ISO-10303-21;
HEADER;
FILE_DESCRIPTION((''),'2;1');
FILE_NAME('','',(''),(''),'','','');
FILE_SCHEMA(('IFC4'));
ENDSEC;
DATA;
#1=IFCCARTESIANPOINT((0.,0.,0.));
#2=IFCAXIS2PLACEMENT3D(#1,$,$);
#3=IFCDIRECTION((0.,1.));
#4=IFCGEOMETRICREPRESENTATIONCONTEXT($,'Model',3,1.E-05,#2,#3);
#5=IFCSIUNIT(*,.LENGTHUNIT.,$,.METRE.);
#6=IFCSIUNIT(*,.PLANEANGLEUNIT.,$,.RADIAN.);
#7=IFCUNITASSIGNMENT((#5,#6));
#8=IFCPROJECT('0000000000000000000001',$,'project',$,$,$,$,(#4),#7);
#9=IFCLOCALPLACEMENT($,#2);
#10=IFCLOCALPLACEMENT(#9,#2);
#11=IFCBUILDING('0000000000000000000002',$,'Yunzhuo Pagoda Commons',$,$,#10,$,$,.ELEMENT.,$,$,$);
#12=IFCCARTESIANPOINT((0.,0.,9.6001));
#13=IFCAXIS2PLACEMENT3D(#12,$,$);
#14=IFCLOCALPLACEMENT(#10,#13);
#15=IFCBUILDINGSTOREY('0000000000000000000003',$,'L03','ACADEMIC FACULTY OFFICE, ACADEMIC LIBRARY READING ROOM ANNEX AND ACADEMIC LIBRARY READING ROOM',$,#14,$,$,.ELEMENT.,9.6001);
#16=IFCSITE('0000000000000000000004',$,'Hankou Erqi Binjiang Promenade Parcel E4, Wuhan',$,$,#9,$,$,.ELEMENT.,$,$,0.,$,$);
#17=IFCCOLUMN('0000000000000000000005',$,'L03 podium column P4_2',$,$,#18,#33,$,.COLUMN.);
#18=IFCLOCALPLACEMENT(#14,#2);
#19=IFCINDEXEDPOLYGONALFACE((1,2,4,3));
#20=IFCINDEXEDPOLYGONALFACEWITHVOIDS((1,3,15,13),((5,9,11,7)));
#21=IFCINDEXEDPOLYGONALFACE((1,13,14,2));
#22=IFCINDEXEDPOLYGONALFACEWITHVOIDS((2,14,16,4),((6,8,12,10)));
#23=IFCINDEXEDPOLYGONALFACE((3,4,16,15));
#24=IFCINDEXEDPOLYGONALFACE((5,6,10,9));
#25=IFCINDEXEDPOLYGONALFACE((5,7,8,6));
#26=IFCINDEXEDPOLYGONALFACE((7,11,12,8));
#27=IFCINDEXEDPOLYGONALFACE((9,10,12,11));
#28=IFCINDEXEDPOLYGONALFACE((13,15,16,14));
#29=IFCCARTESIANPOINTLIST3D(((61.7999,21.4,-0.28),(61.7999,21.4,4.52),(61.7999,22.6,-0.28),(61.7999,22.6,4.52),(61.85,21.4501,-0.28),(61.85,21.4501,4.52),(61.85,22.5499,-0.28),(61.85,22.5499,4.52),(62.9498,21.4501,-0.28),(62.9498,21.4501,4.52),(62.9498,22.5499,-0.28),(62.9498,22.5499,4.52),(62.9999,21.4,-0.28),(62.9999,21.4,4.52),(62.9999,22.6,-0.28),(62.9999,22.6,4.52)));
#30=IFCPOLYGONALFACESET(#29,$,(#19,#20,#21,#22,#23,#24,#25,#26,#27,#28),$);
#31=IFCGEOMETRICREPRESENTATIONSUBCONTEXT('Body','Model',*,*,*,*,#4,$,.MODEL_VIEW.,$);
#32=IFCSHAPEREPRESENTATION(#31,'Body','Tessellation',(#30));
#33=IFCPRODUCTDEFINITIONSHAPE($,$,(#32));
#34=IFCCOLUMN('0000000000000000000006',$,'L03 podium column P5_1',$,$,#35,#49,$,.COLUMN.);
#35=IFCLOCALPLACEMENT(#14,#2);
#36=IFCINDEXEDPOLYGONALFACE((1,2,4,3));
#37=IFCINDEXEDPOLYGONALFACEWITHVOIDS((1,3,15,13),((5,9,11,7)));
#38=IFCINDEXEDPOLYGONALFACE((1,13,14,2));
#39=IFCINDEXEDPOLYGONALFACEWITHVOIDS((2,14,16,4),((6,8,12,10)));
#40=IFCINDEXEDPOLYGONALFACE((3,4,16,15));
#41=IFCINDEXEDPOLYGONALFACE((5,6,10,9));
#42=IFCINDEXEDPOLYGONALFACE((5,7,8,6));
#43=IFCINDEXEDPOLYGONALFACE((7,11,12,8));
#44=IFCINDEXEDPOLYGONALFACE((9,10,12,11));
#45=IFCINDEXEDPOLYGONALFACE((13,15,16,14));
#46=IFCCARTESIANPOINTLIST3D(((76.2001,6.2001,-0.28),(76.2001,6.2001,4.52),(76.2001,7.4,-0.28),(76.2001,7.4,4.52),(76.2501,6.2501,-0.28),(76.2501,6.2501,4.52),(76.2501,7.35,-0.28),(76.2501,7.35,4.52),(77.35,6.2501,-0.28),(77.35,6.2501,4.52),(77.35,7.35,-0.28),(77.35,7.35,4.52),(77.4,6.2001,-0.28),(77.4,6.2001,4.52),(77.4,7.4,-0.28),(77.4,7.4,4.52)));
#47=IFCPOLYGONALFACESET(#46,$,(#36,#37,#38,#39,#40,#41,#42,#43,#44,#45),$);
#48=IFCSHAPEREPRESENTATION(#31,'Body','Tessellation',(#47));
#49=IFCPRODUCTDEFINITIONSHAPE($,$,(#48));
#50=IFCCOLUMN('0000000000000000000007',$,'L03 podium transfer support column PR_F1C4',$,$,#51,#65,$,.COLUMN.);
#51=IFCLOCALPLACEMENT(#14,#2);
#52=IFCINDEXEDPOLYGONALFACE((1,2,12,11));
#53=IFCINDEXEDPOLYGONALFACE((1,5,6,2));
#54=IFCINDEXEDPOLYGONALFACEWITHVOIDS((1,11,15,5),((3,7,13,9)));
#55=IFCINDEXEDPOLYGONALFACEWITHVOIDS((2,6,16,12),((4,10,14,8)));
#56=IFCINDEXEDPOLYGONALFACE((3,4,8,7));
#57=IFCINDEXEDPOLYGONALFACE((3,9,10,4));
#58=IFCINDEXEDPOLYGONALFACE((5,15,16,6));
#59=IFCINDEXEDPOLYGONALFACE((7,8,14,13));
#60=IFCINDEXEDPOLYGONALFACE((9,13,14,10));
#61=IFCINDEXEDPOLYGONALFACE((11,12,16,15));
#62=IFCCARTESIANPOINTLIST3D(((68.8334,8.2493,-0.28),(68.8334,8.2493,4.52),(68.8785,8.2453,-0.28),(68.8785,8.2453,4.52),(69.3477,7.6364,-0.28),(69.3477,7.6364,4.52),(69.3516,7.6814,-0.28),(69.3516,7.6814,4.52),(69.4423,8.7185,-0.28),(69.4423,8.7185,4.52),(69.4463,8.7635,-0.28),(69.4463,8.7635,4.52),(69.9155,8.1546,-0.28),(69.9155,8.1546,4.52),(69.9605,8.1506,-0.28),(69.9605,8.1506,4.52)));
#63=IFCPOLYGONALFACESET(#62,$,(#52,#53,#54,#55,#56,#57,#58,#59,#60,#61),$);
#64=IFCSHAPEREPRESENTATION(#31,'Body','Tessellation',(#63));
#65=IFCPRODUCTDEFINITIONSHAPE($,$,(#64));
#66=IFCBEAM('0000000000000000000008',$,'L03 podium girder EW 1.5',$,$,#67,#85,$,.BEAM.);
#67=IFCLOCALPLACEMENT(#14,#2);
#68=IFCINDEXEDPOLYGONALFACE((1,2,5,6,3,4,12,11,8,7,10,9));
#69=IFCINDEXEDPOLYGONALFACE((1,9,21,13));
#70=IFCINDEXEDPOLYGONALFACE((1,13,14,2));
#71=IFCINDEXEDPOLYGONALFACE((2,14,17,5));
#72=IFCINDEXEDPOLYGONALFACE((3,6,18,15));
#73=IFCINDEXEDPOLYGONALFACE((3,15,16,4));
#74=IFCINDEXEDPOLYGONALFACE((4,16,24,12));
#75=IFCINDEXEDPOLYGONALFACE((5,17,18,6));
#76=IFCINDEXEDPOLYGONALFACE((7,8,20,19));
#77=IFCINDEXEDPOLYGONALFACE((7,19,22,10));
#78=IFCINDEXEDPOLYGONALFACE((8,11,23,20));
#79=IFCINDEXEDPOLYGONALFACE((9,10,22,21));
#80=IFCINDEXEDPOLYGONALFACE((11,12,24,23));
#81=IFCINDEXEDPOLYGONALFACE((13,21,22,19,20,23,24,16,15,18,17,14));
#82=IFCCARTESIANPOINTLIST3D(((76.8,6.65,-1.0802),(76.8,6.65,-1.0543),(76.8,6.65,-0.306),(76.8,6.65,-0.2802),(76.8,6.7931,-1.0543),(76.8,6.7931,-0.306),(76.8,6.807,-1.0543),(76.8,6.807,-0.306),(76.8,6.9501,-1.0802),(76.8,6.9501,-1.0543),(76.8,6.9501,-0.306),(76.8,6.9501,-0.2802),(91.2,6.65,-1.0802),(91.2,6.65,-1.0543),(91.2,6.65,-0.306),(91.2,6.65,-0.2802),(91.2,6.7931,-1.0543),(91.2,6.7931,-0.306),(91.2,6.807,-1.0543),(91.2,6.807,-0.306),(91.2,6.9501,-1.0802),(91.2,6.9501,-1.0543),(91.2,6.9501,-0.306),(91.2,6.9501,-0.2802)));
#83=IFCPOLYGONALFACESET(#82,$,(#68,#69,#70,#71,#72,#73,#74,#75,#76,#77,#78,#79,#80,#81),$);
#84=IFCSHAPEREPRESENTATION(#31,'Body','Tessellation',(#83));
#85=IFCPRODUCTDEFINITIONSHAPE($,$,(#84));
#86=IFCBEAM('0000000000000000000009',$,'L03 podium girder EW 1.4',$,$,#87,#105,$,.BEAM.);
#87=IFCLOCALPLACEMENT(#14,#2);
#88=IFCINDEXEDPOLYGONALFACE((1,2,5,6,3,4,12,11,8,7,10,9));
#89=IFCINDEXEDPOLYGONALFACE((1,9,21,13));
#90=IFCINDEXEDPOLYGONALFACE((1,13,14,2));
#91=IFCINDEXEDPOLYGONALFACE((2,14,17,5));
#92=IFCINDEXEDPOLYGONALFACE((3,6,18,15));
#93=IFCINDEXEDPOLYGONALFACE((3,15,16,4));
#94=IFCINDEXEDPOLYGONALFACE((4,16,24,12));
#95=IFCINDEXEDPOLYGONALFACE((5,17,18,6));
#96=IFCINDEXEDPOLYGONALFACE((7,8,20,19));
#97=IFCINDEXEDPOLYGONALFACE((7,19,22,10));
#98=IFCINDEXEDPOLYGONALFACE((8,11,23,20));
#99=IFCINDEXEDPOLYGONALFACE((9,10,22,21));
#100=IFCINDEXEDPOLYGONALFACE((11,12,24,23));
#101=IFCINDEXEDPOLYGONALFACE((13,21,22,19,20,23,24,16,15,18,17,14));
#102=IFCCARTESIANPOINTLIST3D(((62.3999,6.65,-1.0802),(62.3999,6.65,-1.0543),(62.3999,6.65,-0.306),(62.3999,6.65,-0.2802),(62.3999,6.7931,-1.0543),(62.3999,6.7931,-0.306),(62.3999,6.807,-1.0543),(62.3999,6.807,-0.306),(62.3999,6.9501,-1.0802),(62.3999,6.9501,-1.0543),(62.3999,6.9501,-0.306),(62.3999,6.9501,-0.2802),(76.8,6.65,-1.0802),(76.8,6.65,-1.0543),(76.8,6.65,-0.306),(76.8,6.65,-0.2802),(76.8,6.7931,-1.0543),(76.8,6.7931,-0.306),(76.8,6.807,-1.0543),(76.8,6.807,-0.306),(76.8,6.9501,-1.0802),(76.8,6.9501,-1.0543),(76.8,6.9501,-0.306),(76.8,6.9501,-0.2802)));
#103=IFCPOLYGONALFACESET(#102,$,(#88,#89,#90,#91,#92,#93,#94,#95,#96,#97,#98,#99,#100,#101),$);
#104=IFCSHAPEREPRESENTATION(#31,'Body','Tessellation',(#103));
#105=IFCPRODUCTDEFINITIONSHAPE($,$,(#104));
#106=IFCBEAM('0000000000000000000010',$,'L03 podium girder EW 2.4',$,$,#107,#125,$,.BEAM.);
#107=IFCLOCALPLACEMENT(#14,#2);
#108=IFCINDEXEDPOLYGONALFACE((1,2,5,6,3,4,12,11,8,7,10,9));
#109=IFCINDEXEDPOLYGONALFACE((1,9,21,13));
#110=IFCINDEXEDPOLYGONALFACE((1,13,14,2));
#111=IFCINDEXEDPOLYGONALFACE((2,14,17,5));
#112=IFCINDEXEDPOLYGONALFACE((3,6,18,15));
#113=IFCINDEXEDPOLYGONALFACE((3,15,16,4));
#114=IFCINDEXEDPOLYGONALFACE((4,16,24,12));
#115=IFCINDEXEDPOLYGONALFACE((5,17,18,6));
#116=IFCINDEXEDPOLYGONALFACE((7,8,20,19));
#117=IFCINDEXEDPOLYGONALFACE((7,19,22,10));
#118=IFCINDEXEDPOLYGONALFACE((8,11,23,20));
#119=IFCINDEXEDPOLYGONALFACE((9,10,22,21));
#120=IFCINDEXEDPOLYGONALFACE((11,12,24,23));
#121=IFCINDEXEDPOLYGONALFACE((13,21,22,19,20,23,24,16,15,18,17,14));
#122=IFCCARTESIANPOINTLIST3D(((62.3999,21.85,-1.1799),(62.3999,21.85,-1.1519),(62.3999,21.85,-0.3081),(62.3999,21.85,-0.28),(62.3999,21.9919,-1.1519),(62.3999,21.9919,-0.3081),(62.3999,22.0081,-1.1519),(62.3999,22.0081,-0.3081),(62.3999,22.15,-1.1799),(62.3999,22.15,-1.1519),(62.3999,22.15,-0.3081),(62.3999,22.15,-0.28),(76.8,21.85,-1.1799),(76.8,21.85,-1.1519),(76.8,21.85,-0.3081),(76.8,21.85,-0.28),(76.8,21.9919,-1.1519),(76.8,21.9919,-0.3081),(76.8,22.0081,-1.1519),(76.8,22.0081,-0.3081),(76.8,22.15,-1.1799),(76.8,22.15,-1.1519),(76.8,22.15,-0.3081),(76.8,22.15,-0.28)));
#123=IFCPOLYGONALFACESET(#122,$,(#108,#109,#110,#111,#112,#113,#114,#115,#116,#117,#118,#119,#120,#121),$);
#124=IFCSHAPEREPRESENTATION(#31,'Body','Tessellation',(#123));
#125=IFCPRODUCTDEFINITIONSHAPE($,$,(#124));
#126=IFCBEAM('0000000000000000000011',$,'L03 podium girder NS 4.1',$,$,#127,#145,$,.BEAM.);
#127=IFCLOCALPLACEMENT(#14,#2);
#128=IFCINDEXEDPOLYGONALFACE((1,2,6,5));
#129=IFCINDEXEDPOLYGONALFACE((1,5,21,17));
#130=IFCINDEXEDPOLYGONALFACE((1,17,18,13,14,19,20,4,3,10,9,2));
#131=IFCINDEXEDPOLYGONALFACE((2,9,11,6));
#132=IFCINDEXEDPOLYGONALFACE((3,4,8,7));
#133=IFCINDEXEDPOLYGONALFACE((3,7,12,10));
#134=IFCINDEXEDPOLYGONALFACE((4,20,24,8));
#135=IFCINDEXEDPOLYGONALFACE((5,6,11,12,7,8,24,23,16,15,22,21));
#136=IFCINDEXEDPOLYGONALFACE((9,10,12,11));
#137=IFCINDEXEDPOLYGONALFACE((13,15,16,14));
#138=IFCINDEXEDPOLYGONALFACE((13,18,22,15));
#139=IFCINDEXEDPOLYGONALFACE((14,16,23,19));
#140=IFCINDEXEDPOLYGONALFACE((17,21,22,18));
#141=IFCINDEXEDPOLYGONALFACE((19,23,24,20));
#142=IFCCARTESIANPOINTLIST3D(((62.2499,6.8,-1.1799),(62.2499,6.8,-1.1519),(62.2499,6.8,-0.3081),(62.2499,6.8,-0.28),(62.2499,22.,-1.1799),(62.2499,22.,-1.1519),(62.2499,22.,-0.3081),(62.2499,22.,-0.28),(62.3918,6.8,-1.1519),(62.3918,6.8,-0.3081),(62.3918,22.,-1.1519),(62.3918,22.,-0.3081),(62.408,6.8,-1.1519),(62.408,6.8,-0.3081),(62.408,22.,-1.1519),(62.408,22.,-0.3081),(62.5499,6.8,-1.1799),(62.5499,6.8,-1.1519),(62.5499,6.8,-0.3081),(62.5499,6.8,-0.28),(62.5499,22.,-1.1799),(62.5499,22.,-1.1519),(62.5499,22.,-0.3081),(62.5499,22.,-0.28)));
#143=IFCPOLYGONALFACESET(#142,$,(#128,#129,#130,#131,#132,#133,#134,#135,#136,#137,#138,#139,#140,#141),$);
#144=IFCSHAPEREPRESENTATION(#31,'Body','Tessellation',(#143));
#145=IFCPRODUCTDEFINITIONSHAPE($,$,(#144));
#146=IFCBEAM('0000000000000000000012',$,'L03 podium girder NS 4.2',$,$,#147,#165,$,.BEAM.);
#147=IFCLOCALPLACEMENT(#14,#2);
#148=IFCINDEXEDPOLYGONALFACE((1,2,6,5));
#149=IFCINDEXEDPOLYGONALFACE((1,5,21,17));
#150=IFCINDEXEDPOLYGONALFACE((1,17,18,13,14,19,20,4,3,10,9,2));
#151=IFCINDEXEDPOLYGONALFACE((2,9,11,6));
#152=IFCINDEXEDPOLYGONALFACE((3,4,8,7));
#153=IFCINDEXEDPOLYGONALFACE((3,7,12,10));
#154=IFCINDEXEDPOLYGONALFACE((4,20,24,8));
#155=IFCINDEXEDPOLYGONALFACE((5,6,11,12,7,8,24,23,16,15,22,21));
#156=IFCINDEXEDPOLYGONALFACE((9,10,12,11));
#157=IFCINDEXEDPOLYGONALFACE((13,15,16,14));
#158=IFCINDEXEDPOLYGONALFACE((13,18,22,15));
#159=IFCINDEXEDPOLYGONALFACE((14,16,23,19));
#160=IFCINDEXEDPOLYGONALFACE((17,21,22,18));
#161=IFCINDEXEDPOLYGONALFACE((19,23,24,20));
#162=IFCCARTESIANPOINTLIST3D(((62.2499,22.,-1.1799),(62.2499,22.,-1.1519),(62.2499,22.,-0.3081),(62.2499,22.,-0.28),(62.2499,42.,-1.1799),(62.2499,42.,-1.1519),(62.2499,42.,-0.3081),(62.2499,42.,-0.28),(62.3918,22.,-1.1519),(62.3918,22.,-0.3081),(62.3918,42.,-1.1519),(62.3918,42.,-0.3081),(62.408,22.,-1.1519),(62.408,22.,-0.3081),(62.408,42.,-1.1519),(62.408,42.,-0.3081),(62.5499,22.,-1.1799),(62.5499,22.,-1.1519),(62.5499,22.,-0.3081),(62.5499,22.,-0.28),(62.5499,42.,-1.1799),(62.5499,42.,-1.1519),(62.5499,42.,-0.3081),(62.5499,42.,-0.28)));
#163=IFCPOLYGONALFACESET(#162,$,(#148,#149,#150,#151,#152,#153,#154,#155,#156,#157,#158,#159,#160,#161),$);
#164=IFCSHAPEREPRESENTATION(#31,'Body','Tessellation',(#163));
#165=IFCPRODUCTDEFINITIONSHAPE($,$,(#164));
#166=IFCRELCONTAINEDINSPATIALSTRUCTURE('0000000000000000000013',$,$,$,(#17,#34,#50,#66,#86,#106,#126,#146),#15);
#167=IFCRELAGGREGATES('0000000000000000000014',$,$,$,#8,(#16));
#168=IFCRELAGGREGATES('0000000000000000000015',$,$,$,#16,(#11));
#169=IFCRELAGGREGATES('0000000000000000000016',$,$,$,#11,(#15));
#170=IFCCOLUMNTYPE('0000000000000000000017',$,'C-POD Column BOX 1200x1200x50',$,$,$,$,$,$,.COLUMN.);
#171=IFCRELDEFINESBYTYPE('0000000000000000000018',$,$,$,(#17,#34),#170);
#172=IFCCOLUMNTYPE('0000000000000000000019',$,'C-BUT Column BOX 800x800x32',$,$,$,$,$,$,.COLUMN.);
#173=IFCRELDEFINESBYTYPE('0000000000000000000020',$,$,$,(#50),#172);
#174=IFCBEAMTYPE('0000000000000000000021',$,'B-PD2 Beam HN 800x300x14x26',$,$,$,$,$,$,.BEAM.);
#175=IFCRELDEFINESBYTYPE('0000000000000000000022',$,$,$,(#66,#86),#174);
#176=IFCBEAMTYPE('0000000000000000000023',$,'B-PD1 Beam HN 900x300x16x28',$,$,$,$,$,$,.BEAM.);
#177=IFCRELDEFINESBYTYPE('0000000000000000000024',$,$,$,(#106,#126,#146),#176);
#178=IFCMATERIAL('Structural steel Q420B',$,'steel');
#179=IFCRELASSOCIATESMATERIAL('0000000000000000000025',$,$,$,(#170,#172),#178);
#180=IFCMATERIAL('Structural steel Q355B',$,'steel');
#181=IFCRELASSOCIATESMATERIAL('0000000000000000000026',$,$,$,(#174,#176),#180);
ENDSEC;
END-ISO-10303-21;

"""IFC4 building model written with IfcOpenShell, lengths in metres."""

from ifc_helpers import new_model, si_unit, direction, frame, origin, origin_2d, place, context, subcontext, project, spatial, hollow_rectangle, i_section, extrude, source, transform, mapped, material, material_profile, profile_set, type_object, element, save


model = new_model("IFC4")

# Units and contexts
model_context = context("Model", 3, precision=1e-05, world=origin(), true_north=direction((0.0, 1.0)))
body_context = subcontext(model_context, "Body", "Model", "MODEL_VIEW")
ifc_project = project(units=[si_unit("LENGTHUNIT", "METRE"), si_unit("PLANEANGLEUNIT", "RADIAN")], contexts=[model_context])

# Site, building, storey
site_placement = place(None, origin())
site = spatial("IfcSite", under=ifc_project, at=site_placement, Name="Hankou Erqi Binjiang Promenade Parcel E4, Wuhan", CompositionType="ELEMENT", RefElevation=0.0)
building_placement = place(site_placement, origin())
building = spatial("IfcBuilding", under=site, at=building_placement, Name="Yunzhuo Pagoda Commons", CompositionType="ELEMENT")
storey_placement = place(building_placement, frame((0.0, 0.0, 9.6001)))
storey = spatial("IfcBuildingStorey", under=building, at=storey_placement, Name="L03", Description="ACADEMIC FACULTY OFFICE, ACADEMIC LIBRARY READING ROOM ANNEX AND ACADEMIC LIBRARY READING ROOM", CompositionType="ELEMENT", Elevation=9.6001)

# Columns
ifc_material_1 = material(Name="Structural steel Q420B", Category="steel")
ifc_material_profile_1 = material_profile(ifc_material_1, hollow_rectangle(XDim=1.2, YDim=1.2, WallThickness=0.05, at=origin_2d()), Name="Structural steel Q420B")
ifc_profile_set_1 = profile_set([ifc_material_profile_1], Name="Structural steel Q420B")
column_type_1 = type_object("IfcColumnType", Name="C-POD Column BOX 1200x1200x50", PredefinedType="COLUMN", material=ifc_profile_set_1)
shared_shape_1 = source(origin(), body_context, "Body", "SweptSolid", [
    extrude(hollow_rectangle(XDim=1.2, YDim=1.2, WallThickness=0.05, at=origin_2d()), origin(), (0.0, 0.0, 1.0), 4.8),
])
for number, where, z_axis, x_axis, name in (
    (1, (62.3999, 22.0, -0.28), (0.0, 0.0, 1.0), (1.0, 0.0, 0.0), "L03 podium column P4_2"),
    (2, (76.8, 6.8, -0.28), (0.0, 0.0, 1.0), (1.0, 0.0, 0.0), "L03 podium column P5_1"),
):
    element("IfcColumn", number, at=place(storey_placement, frame(where, z_axis=z_axis, x_axis=x_axis)), inside=storey, type_object=column_type_1, Name=name, PredefinedType="COLUMN", context=body_context, shape_type="MappedRepresentation", body=[
        mapped(shared_shape_1, transform((0.0, 0.0, 0.0), scale=1.0)),
    ])
ifc_material_profile_2 = material_profile(ifc_material_1, hollow_rectangle(XDim=0.8, YDim=0.8, WallThickness=0.032, at=origin_2d()), Name="Structural steel Q420B")
ifc_profile_set_2 = profile_set([ifc_material_profile_2], Name="Structural steel Q420B")
column_type_2 = type_object("IfcColumnType", Name="C-BUT Column BOX 800x800x32", PredefinedType="COLUMN", material=ifc_profile_set_2)
shared_shape_2 = source(origin(), body_context, "Body", "SweptSolid", [
    extrude(hollow_rectangle(XDim=0.8, YDim=0.8, WallThickness=0.032, at=origin_2d()), origin(), (0.0, 0.0, 1.0), 4.8),
])
column_placement = place(storey_placement, frame((69.397, 8.2, -0.28), z_axis=(0.0, 0.0, 1.0), x_axis=(0.766044, 0.642788, 0.0)))
element("IfcColumn", 3, at=column_placement, inside=storey, type_object=column_type_2, Name="L03 podium transfer support column PR_F1C4", PredefinedType="COLUMN", context=body_context, shape_type="MappedRepresentation", body=[
    mapped(shared_shape_2, transform((0.0, 0.0, 0.0), scale=1.0)),
])

# Beams
ifc_material_2 = material(Name="Structural steel Q355B", Category="steel")
ifc_material_profile_3 = material_profile(ifc_material_2, i_section(OverallWidth=0.3, OverallDepth=0.8, WebThickness=0.0139, FlangeThickness=0.0259, at=origin_2d()), Name="Structural steel Q355B")
ifc_profile_set_3 = profile_set([ifc_material_profile_3], Name="Structural steel Q355B")
beam_type_1 = type_object("IfcBeamType", Name="B-PD2 Beam HN 800x300x14x26", PredefinedType="BEAM", material=ifc_profile_set_3)
shared_shape_3 = source(origin(), body_context, "Body", "SweptSolid", [
    extrude(i_section(OverallWidth=0.3, OverallDepth=0.8, WebThickness=0.0139, FlangeThickness=0.0259, at=origin_2d()), origin(), (0.0, 0.0, 1.0), 14.3999),
])
beam_1_placement = place(storey_placement, frame((76.8, 6.8, -0.6802), z_axis=(1.0, 0.0, 0.0), x_axis=(0.0, 1.0, 0.0)))
element("IfcBeam", 4, at=beam_1_placement, inside=storey, type_object=beam_type_1, Name="L03 podium girder EW 1.5", PredefinedType="BEAM", context=body_context, shape_type="MappedRepresentation", body=[
    mapped(shared_shape_3, transform((0.0, 0.0, 0.0), scale=1.0)),
])
shared_shape_4 = source(origin(), body_context, "Body", "SweptSolid", [
    extrude(i_section(OverallWidth=0.3, OverallDepth=0.8, WebThickness=0.0139, FlangeThickness=0.0259, at=origin_2d()), origin(), (0.0, 0.0, 1.0), 14.4001),
])
beam_2_placement = place(storey_placement, frame((62.3999, 6.8, -0.6802), z_axis=(1.0, 0.0, 0.0), x_axis=(0.0, 1.0, 0.0)))
element("IfcBeam", 5, at=beam_2_placement, inside=storey, type_object=beam_type_1, Name="L03 podium girder EW 1.4", PredefinedType="BEAM", context=body_context, shape_type="MappedRepresentation", body=[
    mapped(shared_shape_4, transform((0.0, 0.0, 0.0), scale=1.0)),
])
ifc_material_profile_4 = material_profile(ifc_material_2, i_section(OverallWidth=0.3, OverallDepth=0.8999, WebThickness=0.0161, FlangeThickness=0.0281, at=origin_2d()), Name="Structural steel Q355B")
ifc_profile_set_4 = profile_set([ifc_material_profile_4], Name="Structural steel Q355B")
beam_type_2 = type_object("IfcBeamType", Name="B-PD1 Beam HN 900x300x16x28", PredefinedType="BEAM", material=ifc_profile_set_4)
shared_shape_5 = source(origin(), body_context, "Body", "SweptSolid", [
    extrude(i_section(OverallWidth=0.3, OverallDepth=0.8999, WebThickness=0.0161, FlangeThickness=0.0281, at=origin_2d()), origin(), (0.0, 0.0, 1.0), 14.4001),
])
beam_3_placement = place(storey_placement, frame((62.3999, 22.0, -0.73), z_axis=(1.0, 0.0, 0.0), x_axis=(0.0, 1.0, 0.0)))
element("IfcBeam", 6, at=beam_3_placement, inside=storey, type_object=beam_type_2, Name="L03 podium girder EW 2.4", PredefinedType="BEAM", context=body_context, shape_type="MappedRepresentation", body=[
    mapped(shared_shape_5, transform((0.0, 0.0, 0.0), scale=1.0)),
])
shared_shape_6 = source(origin(), body_context, "Body", "SweptSolid", [
    extrude(i_section(OverallWidth=0.3, OverallDepth=0.8999, WebThickness=0.0161, FlangeThickness=0.0281, at=origin_2d()), origin(), (0.0, 0.0, 1.0), 15.2),
])
beam_4_placement = place(storey_placement, frame((62.3999, 6.8, -0.73), z_axis=(0.0, 1.0, 0.0), x_axis=(-1.0, 0.0, 0.0)))
element("IfcBeam", 7, at=beam_4_placement, inside=storey, type_object=beam_type_2, Name="L03 podium girder NS 4.1", PredefinedType="BEAM", context=body_context, shape_type="MappedRepresentation", body=[
    mapped(shared_shape_6, transform((0.0, 0.0, 0.0), scale=1.0)),
])
shared_shape_7 = source(origin(), body_context, "Body", "SweptSolid", [
    extrude(i_section(OverallWidth=0.3, OverallDepth=0.8999, WebThickness=0.0161, FlangeThickness=0.0281, at=origin_2d()), origin(), (0.0, 0.0, 1.0), 20.0),
])
beam_5_placement = place(storey_placement, frame((62.3999, 22.0, -0.73), z_axis=(0.0, 1.0, 0.0), x_axis=(-1.0, 0.0, 0.0)))
element("IfcBeam", 8, at=beam_5_placement, inside=storey, type_object=beam_type_2, Name="L03 podium girder NS 4.2", PredefinedType="BEAM", context=body_context, shape_type="MappedRepresentation", body=[
    mapped(shared_shape_7, transform((0.0, 0.0, 0.0), scale=1.0)),
])

save(model, "model.ifc")
